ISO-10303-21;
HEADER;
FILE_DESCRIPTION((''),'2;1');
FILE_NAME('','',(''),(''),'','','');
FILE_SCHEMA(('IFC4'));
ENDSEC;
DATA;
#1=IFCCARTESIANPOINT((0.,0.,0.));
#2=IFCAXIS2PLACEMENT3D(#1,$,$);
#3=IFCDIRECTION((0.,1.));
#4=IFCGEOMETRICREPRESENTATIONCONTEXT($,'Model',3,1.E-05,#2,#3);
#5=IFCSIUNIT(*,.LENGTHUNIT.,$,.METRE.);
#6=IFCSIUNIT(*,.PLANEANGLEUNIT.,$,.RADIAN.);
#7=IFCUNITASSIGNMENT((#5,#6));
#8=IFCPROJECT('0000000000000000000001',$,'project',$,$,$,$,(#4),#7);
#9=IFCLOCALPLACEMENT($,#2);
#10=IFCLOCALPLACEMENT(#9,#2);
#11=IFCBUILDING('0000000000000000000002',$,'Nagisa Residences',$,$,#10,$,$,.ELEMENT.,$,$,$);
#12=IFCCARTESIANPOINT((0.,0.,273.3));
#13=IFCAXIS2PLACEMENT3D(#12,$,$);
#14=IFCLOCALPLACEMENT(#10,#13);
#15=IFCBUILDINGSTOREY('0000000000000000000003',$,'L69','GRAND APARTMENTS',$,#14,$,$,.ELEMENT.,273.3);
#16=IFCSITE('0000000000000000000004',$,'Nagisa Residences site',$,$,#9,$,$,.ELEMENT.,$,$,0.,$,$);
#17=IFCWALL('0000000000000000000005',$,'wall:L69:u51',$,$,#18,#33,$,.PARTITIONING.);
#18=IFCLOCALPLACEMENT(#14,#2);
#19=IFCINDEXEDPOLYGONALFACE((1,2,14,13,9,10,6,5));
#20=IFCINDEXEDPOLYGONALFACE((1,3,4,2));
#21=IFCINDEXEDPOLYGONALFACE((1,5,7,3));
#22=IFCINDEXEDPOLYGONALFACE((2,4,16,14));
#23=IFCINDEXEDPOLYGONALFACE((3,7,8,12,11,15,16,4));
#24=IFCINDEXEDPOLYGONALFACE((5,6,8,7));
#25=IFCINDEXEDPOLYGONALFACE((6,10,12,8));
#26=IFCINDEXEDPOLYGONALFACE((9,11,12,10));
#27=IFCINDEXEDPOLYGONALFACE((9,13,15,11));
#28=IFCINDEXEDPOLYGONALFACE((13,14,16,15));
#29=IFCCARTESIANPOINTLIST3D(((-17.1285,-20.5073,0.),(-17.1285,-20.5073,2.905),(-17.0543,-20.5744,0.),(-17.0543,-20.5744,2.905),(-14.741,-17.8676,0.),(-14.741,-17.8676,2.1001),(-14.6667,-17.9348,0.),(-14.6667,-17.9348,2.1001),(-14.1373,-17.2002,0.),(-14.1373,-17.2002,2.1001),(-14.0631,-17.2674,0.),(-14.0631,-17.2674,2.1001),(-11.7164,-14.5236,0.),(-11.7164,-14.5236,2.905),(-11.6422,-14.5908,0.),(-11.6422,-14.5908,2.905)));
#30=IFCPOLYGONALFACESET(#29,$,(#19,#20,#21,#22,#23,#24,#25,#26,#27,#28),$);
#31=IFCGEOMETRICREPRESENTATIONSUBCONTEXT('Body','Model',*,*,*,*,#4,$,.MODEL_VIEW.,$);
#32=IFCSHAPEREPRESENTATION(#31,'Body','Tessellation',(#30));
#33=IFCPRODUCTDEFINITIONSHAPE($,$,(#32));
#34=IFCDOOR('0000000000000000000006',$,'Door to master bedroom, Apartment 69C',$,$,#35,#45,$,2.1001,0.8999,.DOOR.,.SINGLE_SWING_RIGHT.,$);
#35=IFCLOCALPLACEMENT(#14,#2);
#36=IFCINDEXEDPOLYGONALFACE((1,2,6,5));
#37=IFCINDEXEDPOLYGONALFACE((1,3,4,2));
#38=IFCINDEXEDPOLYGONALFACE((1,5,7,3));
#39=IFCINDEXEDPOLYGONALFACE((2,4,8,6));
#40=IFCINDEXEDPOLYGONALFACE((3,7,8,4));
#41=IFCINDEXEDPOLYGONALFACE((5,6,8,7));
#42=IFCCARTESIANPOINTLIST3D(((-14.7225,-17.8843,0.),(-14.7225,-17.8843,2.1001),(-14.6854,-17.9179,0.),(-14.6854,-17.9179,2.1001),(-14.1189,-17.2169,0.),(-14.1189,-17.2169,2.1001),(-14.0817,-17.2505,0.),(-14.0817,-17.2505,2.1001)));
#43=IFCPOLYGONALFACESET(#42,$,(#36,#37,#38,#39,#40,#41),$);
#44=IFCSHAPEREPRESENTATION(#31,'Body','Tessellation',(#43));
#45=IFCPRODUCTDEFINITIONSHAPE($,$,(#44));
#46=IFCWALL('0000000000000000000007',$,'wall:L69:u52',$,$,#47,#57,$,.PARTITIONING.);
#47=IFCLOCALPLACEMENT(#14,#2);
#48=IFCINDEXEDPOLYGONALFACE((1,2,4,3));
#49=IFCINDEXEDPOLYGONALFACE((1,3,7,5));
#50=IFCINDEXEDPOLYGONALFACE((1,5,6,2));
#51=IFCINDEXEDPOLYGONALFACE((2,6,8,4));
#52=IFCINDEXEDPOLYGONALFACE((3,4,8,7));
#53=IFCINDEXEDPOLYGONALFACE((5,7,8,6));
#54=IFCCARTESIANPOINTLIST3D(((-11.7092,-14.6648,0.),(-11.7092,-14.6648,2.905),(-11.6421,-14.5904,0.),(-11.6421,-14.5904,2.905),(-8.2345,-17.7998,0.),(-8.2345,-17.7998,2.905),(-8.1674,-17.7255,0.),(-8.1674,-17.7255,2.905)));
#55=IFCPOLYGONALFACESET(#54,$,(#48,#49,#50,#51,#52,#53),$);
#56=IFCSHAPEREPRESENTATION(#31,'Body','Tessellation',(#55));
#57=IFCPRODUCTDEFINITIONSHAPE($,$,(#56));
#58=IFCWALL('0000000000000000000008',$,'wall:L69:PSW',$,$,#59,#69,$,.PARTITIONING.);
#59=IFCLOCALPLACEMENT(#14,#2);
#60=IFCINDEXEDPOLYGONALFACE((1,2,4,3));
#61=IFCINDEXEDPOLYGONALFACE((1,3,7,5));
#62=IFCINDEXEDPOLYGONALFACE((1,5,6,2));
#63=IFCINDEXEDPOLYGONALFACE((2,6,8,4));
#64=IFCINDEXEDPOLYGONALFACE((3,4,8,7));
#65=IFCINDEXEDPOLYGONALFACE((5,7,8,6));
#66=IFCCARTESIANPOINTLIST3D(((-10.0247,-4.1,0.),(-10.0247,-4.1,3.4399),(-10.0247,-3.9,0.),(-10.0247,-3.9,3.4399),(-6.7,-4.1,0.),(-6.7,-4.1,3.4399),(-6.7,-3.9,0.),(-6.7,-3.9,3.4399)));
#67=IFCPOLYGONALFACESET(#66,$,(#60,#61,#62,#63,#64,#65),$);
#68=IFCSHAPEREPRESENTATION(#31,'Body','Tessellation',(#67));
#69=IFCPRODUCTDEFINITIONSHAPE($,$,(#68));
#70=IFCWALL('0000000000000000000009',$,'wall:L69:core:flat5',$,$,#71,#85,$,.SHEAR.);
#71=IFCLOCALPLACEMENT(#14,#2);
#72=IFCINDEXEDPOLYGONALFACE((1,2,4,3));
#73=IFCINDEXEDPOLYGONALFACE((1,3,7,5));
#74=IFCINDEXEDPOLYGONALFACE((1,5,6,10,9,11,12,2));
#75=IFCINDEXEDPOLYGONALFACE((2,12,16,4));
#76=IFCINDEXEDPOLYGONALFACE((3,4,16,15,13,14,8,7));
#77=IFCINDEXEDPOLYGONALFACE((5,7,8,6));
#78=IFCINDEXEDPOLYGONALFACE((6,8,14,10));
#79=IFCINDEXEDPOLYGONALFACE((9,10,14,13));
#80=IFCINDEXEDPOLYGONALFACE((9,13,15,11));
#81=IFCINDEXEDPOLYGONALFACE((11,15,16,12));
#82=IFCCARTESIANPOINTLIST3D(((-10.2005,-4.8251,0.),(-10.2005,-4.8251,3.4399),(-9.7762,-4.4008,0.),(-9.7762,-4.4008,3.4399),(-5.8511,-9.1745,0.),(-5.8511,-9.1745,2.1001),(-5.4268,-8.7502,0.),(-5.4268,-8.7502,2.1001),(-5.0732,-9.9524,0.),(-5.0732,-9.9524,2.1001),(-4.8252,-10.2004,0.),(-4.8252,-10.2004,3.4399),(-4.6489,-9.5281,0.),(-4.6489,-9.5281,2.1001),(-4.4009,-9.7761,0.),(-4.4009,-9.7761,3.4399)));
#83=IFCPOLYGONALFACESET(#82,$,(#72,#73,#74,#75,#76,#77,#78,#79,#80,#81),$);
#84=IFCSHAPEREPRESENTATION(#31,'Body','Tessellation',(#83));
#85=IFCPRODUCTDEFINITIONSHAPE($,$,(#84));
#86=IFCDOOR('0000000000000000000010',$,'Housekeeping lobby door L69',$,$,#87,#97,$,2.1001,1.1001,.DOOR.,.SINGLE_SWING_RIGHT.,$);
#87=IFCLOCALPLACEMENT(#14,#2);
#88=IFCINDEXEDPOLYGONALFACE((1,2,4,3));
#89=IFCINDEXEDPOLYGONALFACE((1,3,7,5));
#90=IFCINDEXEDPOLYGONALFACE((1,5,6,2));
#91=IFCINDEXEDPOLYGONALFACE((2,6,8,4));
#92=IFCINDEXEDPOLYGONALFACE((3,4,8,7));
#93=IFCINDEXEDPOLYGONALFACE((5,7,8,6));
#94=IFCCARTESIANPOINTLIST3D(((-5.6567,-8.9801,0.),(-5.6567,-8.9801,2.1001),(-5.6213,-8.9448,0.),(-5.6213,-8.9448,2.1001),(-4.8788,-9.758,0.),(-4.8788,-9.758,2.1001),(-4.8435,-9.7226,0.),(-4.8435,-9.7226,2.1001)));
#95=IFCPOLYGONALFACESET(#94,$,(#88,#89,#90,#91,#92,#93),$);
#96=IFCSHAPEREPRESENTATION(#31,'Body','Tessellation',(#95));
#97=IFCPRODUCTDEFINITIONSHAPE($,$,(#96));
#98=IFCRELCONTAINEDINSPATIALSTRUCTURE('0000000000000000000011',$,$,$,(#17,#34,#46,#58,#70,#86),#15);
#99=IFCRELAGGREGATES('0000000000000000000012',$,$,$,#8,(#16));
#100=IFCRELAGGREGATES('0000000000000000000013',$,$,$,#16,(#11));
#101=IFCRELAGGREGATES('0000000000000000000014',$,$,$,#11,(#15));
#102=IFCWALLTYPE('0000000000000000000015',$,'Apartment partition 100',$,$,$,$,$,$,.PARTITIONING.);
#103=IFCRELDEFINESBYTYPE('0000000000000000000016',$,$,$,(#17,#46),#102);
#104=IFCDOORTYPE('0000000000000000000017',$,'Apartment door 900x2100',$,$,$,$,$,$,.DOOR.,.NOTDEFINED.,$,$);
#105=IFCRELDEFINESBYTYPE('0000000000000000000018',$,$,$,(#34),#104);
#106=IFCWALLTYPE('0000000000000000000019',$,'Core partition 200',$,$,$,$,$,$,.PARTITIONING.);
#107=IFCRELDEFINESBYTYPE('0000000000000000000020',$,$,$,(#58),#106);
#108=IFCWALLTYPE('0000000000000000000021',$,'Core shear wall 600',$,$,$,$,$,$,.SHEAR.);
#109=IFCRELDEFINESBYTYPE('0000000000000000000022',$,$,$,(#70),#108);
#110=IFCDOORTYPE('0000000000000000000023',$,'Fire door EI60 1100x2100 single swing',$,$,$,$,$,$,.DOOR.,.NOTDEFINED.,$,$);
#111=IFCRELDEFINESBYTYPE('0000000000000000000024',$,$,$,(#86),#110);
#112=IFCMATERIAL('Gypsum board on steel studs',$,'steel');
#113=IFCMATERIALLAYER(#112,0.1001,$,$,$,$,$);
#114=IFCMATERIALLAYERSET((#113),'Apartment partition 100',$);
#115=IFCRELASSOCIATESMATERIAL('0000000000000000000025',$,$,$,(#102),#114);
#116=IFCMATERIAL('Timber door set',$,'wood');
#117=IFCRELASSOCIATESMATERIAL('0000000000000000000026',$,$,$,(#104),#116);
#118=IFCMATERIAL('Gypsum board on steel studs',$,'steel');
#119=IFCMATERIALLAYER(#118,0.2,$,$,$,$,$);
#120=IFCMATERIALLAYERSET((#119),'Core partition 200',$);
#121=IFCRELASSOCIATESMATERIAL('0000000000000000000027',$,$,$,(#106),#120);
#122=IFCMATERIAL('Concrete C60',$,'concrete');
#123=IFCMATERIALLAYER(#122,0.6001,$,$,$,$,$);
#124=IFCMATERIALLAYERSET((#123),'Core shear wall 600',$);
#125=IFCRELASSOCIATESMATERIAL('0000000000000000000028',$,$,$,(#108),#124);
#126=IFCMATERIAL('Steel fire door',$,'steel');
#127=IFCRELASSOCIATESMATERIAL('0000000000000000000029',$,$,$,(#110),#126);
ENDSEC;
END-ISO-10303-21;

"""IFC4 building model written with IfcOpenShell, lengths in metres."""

from ifc_helpers import new_model, si_unit, direction, frame, frame_2d, origin, place, context, subcontext, project, spatial, rectangle, extrude, material, layer, layer_set, type_object, element, fill, save


model = new_model("IFC4")

# Units and contexts
model_context = context("Model", 3, precision=1e-05, world=origin(), true_north=direction((0.0, 1.0)))
body_context = subcontext(model_context, "Body", "Model", "MODEL_VIEW")
ifc_project = project(units=[si_unit("LENGTHUNIT", "METRE"), si_unit("PLANEANGLEUNIT", "RADIAN")], contexts=[model_context])

# Site, building, storey
site_placement = place(None, origin())
site = spatial("IfcSite", under=ifc_project, at=site_placement, Name="Nagisa Residences site", CompositionType="ELEMENT", RefElevation=0.0)
building_placement = place(site_placement, origin())
building = spatial("IfcBuilding", under=site, at=building_placement, Name="Nagisa Residences", CompositionType="ELEMENT")
storey_placement = place(building_placement, frame((0.0, 0.0, 273.3)))
storey = spatial("IfcBuildingStorey", under=building, at=storey_placement, Name="L69", Description="GRAND APARTMENTS", CompositionType="ELEMENT", Elevation=273.3)

# Shared definitions
ifc_material_1 = material(Name="Gypsum board on steel studs", Category="steel")
ifc_layer_1 = layer(ifc_material_1, 0.1001)
ifc_layer_set_1 = layer_set([ifc_layer_1], Name="Apartment partition 100")
wall_type_1 = type_object("IfcWallType", Name="Apartment partition 100", PredefinedType="PARTITIONING", material=ifc_layer_set_1)
ifc_material_2 = material(Name="Timber door set", Category="wood")
door_type_1 = type_object("IfcDoorType", Name="Apartment door 900x2100", OperationType="NOTDEFINED", PredefinedType="DOOR", material=ifc_material_2)

# Wall, opening, door
wall_1_placement = place(storey_placement, frame((-11.6792, -14.5571, 0.0), z_axis=(0.0, 0.0, 1.0), x_axis=(-0.6708, -0.741638, 0.0)))
wall_1 = element("IfcWall", 1, at=wall_1_placement, inside=storey, type_object=wall_type_1, Name="wall:L69:u51", PredefinedType="PARTITIONING", context=body_context, shape_type="SweptSolid", body=[
    extrude(rectangle(XDim=8.0681, YDim=0.1001, at=frame_2d((4.0342, 0.0))), origin(), (0.0, 0.0, 1.0), 2.905),
])
opening_1_placement = place(wall_1_placement, frame((3.6091, 0.0, 0.0)))
opening_1 = element("IfcOpeningElement", 2, at=opening_1_placement, cuts=wall_1, PredefinedType="OPENING", context=body_context, shape_type="SweptSolid", body=[
    extrude(rectangle(XDim=0.8999, YDim=2.1001, at=frame_2d((0.45, 1.05))), frame((0.0, 0.0601, 0.0), z_axis=(0.0, -1.0, 0.0), x_axis=(1.0, 0.0, 0.0)), (0.0, 0.0, 1.0), 0.1201),
])
door_1_placement = place(opening_1_placement, origin())
door_1 = element("IfcDoor", 3, at=door_1_placement, inside=storey, type_object=door_type_1, Name="Door to master bedroom, Apartment 69C", OperationType="SINGLE_SWING_RIGHT", OverallHeight=2.1001, OverallWidth=0.8999, PredefinedType="DOOR", context=body_context, shape_type="SweptSolid", body=[
    extrude(rectangle(XDim=0.8999, YDim=2.1001, at=frame_2d((0.45, 1.05))), frame((0.0, 0.0249, 0.0), z_axis=(0.0, -1.0, 0.0), x_axis=(1.0, 0.0, 0.0)), (0.0, 0.0, 1.0), 0.05),
])
fill(opening_1, door_1)

# Walls
wall_2_placement = place(storey_placement, frame((-11.6755, -14.6277, 0.0), z_axis=(0.0, 0.0, 1.0), x_axis=(0.742458, -0.669892, 0.0)))
element("IfcWall", 4, at=wall_2_placement, inside=storey, type_object=wall_type_1, Name="wall:L69:u52", PredefinedType="PARTITIONING", context=body_context, shape_type="SweptSolid", body=[
    extrude(rectangle(XDim=4.6799, YDim=0.1001, at=frame_2d((2.3398, 0.0))), origin(), (0.0, 0.0, 1.0), 2.905),
])
ifc_material_3 = material(Name="Gypsum board on steel studs", Category="steel")
ifc_layer_2 = layer(ifc_material_3, 0.2)
ifc_layer_set_2 = layer_set([ifc_layer_2], Name="Core partition 200")
wall_type_2 = type_object("IfcWallType", Name="Core partition 200", PredefinedType="PARTITIONING", material=ifc_layer_set_2)
wall_3_placement = place(storey_placement, frame((-10.0247, -4.0, 0.0), z_axis=(0.0, 0.0, 1.0), x_axis=(1.0, 0.0, 0.0)))
element("IfcWall", 5, at=wall_3_placement, inside=storey, type_object=wall_type_2, Name="wall:L69:PSW", PredefinedType="PARTITIONING", context=body_context, shape_type="SweptSolid", body=[
    extrude(rectangle(XDim=3.3247, YDim=0.2, at=frame_2d((1.6624, 0.0))), origin(), (0.0, 0.0, 1.0), 3.4399),
])

# Wall, opening, door
ifc_material_4 = material(Name="Concrete C60", Category="concrete")
ifc_layer_3 = layer(ifc_material_4, 0.6001)
ifc_layer_set_3 = layer_set([ifc_layer_3], Name="Core shear wall 600")
wall_type_3 = type_object("IfcWallType", Name="Core shear wall 600", PredefinedType="SHEAR", material=ifc_layer_set_3)
wall_4_placement = place(storey_placement, frame((-9.9883, -4.613, 0.0), z_axis=(0.0, 0.0, 1.0), x_axis=(0.707107, -0.707107, 0.0)))
wall_4 = element("IfcWall", 6, at=wall_4_placement, inside=storey, type_object=wall_type_3, Name="wall:L69:core:flat5", PredefinedType="SHEAR", context=body_context, shape_type="SweptSolid", body=[
    extrude(rectangle(XDim=7.6018, YDim=0.6001, at=frame_2d((3.8008, 0.0))), origin(), (0.0, 0.0, 1.0), 3.4399),
])
opening_2_placement = place(wall_4_placement, frame((6.1509, 0.0, 0.0)))
opening_2 = element("IfcOpeningElement", 7, at=opening_2_placement, cuts=wall_4, PredefinedType="OPENING", context=body_context, shape_type="SweptSolid", body=[
    extrude(rectangle(XDim=1.1001, YDim=2.1001, at=frame_2d((0.55, 1.05))), frame((0.0, 0.3101, 0.0), z_axis=(0.0, -1.0, 0.0), x_axis=(1.0, 0.0, 0.0)), (0.0, 0.0, 1.0), 0.6201),
])
ifc_material_5 = material(Name="Steel fire door", Category="steel")
door_type_2 = type_object("IfcDoorType", Name="Fire door EI60 1100x2100 single swing", OperationType="NOTDEFINED", PredefinedType="DOOR", material=ifc_material_5)
door_2_placement = place(opening_2_placement, origin())
door_2 = element("IfcDoor", 8, at=door_2_placement, inside=storey, type_object=door_type_2, Name="Housekeeping lobby door L69", OperationType="SINGLE_SWING_RIGHT", OverallHeight=2.1001, OverallWidth=1.1001, PredefinedType="DOOR", context=body_context, shape_type="SweptSolid", body=[
    extrude(rectangle(XDim=1.1001, YDim=2.1001, at=frame_2d((0.55, 1.05))), frame((0.0, 0.0249, 0.0), z_axis=(0.0, -1.0, 0.0), x_axis=(1.0, 0.0, 0.0)), (0.0, 0.0, 1.0), 0.05),
])
fill(opening_2, door_2)

save(model, "model.ifc")
